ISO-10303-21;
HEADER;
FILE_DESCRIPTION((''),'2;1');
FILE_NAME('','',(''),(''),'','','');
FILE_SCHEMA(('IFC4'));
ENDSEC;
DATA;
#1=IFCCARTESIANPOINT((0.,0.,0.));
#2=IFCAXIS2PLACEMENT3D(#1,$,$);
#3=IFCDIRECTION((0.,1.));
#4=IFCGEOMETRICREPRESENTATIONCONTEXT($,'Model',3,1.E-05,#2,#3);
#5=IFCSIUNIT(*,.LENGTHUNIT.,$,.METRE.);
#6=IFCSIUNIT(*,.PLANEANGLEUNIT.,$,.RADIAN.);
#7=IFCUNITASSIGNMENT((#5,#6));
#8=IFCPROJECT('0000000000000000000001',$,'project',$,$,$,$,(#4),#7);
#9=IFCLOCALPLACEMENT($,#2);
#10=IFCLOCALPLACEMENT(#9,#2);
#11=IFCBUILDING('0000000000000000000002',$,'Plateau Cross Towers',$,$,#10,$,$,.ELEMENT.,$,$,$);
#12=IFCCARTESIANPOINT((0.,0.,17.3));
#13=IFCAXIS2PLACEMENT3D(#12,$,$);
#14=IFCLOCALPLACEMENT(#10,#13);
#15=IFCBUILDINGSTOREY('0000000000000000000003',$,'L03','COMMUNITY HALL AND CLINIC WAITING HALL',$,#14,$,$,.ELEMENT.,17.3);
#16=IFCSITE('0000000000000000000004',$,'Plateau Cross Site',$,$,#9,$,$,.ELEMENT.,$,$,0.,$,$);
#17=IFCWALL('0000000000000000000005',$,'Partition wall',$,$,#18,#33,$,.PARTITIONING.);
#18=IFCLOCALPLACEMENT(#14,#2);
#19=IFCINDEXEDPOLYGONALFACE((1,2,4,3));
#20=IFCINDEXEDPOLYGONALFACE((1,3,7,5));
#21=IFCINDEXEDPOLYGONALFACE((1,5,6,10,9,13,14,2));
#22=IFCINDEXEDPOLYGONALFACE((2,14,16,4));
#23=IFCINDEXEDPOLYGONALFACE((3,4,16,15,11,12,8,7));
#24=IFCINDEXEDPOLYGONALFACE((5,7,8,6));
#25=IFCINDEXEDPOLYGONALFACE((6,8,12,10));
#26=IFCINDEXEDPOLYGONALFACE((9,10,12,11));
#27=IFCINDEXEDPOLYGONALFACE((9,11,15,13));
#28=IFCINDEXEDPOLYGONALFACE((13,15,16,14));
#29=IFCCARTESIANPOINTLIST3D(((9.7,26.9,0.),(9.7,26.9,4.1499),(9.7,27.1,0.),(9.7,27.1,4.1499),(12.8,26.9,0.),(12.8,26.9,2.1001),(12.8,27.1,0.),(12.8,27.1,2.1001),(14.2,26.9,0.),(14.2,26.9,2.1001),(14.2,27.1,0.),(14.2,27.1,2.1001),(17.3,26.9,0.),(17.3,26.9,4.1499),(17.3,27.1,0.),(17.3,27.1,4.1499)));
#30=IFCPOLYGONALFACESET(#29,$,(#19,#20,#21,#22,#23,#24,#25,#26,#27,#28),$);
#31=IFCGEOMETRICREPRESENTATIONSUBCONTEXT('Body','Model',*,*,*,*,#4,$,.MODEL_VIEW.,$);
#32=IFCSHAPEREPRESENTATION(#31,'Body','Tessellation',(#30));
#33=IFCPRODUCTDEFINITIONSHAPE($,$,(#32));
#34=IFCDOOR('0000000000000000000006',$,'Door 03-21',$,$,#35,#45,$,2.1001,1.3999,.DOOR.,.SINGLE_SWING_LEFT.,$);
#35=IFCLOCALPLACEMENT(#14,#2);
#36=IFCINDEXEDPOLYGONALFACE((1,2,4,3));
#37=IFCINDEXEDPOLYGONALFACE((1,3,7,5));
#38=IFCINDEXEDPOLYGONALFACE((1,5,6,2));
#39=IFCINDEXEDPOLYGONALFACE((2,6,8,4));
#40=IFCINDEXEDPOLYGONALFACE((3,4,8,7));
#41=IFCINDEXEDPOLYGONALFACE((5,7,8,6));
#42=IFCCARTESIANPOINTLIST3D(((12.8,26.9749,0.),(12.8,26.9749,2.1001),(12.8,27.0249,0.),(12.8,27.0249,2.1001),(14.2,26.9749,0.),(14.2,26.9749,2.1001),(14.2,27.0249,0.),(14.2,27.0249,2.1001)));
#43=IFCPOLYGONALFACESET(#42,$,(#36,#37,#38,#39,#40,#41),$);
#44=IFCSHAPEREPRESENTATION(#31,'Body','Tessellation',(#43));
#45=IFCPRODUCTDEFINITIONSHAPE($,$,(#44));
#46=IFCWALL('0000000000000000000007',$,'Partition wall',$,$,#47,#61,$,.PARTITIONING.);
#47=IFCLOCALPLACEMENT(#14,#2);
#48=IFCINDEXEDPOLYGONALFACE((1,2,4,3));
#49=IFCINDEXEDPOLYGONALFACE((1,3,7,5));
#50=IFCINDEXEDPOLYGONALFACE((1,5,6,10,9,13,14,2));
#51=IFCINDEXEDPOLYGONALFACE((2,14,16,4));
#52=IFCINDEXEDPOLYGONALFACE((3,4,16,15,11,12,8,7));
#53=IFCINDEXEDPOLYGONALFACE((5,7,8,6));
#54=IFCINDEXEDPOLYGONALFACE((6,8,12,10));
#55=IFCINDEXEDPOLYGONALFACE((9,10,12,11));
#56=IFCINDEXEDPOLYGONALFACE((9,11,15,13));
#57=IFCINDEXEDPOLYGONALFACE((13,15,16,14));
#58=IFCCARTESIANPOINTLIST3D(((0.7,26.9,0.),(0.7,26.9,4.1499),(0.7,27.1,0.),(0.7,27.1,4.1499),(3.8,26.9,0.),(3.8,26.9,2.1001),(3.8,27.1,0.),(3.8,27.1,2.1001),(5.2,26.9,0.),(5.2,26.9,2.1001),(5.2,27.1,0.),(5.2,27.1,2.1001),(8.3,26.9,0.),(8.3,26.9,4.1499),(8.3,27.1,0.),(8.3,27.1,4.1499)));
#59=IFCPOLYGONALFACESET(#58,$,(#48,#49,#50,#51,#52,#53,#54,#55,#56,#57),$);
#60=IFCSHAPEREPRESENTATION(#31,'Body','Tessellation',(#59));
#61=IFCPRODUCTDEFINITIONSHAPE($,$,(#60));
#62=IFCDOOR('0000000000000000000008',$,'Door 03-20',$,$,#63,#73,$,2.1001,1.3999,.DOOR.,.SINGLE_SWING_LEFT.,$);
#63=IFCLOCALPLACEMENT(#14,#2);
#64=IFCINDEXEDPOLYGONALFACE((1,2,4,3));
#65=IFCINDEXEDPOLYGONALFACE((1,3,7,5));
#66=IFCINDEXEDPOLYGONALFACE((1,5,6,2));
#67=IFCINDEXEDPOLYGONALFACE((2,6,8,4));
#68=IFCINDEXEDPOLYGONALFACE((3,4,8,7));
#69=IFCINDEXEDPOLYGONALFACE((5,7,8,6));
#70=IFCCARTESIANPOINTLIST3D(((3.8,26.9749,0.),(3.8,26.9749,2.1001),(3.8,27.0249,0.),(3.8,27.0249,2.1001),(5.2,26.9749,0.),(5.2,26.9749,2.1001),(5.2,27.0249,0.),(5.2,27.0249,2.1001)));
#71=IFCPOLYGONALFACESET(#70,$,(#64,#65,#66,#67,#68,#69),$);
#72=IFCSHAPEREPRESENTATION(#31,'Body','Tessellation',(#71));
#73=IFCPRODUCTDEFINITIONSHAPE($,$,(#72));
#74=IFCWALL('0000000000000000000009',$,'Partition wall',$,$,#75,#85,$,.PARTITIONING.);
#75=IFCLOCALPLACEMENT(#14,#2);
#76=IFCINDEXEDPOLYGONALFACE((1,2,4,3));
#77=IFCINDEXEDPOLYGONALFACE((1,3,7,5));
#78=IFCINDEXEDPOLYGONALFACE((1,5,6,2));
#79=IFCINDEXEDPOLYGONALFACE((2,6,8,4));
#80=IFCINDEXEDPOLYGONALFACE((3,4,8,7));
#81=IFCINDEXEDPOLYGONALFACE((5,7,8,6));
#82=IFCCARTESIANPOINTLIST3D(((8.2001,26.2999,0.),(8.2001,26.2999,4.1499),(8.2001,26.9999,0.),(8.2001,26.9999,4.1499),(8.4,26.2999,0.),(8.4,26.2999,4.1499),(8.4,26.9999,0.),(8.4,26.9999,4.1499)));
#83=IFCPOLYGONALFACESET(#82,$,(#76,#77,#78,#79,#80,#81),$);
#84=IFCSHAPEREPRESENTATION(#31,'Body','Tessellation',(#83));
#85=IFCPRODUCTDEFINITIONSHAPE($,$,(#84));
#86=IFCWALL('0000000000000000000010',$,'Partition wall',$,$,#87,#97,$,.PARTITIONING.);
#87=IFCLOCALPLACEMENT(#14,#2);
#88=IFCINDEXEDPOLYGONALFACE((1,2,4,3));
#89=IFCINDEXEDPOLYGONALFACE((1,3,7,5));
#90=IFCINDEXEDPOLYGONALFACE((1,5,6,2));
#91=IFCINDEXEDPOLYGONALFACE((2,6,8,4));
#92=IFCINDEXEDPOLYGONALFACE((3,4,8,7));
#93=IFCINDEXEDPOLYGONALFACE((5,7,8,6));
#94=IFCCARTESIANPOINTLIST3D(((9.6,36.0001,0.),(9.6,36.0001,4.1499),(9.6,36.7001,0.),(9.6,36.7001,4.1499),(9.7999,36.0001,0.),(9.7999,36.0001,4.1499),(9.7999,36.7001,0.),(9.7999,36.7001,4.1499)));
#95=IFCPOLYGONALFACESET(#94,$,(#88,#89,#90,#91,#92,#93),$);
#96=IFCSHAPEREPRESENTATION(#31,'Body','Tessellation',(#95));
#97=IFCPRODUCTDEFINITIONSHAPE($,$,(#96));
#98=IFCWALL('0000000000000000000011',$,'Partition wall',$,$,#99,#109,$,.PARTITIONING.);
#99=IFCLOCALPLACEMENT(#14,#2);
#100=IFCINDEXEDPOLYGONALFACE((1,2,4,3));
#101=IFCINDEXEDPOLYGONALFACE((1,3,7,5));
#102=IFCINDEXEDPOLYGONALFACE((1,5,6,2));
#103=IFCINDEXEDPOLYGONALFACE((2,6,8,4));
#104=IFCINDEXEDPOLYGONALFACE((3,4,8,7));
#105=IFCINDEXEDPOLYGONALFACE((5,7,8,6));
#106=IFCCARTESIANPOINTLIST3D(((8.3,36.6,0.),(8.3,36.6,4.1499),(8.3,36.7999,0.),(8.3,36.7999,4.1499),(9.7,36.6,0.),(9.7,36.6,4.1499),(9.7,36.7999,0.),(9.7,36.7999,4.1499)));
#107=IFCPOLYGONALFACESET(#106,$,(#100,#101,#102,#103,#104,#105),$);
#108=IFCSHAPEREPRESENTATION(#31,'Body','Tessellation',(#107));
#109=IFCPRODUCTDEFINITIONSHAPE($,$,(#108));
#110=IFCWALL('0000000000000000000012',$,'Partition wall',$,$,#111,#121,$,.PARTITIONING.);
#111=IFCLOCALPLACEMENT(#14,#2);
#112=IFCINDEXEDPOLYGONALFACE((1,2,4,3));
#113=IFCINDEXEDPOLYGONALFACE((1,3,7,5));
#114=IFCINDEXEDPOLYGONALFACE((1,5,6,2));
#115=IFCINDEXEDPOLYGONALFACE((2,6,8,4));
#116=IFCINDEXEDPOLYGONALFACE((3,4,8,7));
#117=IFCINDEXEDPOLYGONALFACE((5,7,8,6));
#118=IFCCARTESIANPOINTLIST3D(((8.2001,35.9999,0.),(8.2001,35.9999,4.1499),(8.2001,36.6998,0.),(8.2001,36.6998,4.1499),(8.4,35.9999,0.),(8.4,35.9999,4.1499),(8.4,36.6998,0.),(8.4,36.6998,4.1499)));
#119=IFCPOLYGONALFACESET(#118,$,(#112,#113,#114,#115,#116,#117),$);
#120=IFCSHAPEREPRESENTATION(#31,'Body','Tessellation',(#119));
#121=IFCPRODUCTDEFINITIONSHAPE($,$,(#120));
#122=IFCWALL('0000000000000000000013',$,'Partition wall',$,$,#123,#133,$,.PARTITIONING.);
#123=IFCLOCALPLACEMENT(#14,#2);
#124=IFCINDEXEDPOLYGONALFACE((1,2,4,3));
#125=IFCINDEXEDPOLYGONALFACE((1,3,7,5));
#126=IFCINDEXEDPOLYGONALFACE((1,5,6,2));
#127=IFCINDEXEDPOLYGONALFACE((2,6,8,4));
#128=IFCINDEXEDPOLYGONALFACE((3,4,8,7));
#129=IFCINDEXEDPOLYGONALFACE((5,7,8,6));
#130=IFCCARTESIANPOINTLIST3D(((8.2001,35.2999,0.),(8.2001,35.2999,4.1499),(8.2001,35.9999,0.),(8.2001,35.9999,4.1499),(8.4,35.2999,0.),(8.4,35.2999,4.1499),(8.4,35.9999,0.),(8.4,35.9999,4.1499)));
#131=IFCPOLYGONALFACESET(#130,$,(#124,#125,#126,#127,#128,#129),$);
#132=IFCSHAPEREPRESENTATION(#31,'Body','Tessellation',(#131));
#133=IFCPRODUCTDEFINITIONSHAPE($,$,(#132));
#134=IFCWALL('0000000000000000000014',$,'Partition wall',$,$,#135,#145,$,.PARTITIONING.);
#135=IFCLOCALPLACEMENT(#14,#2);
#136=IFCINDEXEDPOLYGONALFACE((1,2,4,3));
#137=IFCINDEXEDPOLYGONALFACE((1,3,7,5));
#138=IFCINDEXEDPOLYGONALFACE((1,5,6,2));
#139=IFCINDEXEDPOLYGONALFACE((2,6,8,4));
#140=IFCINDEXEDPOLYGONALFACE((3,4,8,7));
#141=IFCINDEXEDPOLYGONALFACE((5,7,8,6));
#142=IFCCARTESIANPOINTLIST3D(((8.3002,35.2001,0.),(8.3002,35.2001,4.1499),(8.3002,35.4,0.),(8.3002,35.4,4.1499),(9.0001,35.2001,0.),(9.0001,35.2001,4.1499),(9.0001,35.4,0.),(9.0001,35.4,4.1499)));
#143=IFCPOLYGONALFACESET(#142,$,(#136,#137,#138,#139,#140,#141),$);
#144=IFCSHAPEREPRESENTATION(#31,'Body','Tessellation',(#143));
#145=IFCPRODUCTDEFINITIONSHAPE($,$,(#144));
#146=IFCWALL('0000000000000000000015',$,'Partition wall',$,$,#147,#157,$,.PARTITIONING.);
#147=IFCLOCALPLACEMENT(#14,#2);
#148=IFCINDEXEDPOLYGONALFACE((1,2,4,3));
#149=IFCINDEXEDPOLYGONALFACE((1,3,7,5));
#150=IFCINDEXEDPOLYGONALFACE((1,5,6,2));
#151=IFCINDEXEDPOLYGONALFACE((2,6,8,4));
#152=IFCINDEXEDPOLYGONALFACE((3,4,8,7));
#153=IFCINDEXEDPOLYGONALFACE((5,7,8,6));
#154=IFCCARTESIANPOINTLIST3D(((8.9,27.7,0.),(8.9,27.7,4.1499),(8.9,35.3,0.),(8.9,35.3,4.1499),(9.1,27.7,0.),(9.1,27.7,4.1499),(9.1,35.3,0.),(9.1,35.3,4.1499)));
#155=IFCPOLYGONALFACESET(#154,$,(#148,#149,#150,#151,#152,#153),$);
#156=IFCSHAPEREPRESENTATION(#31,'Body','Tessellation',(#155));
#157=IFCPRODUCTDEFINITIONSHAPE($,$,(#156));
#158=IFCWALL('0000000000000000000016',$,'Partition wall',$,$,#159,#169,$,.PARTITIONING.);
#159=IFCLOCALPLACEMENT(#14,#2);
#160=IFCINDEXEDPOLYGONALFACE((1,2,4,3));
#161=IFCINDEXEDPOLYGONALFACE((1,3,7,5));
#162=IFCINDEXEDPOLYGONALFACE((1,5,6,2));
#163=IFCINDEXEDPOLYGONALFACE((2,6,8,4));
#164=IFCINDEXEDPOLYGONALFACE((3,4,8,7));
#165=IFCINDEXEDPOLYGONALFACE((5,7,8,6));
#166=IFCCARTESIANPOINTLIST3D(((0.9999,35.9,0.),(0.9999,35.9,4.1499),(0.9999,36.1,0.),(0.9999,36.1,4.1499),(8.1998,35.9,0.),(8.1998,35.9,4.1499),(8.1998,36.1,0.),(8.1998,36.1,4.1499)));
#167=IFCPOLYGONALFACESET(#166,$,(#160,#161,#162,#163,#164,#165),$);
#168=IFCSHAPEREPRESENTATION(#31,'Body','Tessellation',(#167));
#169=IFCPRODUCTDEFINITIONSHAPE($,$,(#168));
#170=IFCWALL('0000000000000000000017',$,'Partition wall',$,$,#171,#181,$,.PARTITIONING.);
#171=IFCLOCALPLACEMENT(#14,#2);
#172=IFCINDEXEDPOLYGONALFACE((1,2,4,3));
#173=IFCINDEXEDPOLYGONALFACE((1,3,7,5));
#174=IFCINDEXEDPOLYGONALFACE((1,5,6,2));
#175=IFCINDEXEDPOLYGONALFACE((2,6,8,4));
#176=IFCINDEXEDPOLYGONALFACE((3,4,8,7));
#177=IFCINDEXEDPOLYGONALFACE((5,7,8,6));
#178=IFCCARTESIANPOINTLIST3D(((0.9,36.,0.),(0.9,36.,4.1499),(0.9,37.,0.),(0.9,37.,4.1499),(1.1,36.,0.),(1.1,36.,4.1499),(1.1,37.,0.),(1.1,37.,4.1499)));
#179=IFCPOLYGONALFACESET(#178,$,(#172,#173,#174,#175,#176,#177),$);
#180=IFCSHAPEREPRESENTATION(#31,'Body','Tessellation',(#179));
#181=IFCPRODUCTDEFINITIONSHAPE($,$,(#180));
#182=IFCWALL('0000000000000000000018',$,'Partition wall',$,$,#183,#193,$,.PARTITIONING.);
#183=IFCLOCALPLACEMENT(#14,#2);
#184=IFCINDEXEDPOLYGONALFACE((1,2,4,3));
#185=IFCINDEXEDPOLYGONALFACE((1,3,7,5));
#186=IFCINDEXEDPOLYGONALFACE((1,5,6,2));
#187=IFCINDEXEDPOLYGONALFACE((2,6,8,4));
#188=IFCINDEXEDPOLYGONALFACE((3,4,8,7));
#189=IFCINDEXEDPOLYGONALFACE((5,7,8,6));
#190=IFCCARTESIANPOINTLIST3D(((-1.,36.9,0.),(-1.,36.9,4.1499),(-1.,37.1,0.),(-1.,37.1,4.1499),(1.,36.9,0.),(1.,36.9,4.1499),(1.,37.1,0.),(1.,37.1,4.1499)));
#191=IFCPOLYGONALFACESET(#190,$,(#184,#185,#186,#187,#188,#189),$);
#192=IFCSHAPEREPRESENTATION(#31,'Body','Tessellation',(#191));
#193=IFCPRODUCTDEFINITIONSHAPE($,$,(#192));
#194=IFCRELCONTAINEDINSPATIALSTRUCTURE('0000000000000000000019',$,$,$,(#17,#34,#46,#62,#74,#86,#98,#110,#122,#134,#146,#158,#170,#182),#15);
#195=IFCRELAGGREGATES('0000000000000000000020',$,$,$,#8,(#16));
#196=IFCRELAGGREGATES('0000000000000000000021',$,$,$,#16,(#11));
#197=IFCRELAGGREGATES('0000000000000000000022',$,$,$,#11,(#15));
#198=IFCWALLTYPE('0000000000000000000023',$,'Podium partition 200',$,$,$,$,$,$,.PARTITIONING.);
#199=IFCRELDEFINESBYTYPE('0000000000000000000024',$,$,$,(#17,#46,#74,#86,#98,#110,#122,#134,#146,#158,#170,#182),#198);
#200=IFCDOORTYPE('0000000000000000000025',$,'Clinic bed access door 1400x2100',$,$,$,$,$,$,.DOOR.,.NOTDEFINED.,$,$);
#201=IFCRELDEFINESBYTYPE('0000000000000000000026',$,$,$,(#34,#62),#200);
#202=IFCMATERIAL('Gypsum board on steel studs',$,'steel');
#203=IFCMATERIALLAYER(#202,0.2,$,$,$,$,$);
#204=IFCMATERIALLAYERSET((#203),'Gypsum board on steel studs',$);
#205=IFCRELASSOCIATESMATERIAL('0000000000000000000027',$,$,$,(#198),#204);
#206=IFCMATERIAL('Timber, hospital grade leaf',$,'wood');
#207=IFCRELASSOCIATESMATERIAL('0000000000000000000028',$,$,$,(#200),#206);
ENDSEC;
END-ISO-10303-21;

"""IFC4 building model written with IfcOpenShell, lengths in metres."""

from ifc_helpers import new_model, si_unit, direction, frame, frame_2d, origin, place, context, subcontext, project, spatial, rectangle, extrude, material, layer, layer_set, type_object, element, fill, save


model = new_model("IFC4")

# Units and contexts
model_context = context("Model", 3, precision=1e-05, world=origin(), true_north=direction((0.0, 1.0)))
body_context = subcontext(model_context, "Body", "Model", "MODEL_VIEW")
ifc_project = project(units=[si_unit("LENGTHUNIT", "METRE"), si_unit("PLANEANGLEUNIT", "RADIAN")], contexts=[model_context])

# Site, building, storey
site_placement = place(None, origin())
site = spatial("IfcSite", under=ifc_project, at=site_placement, Name="Plateau Cross Site", CompositionType="ELEMENT", RefElevation=0.0)
building_placement = place(site_placement, origin())
building = spatial("IfcBuilding", under=site, at=building_placement, Name="Plateau Cross Towers", CompositionType="ELEMENT")
storey_placement = place(building_placement, frame((0.0, 0.0, 17.3)))
storey = spatial("IfcBuildingStorey", under=building, at=storey_placement, Name="L03", Description="COMMUNITY HALL AND CLINIC WAITING HALL", CompositionType="ELEMENT", Elevation=17.3)

# Shared definitions
ifc_material_1 = material(Name="Gypsum board on steel studs", Category="steel")
ifc_layer_1 = layer(ifc_material_1, 0.2)
ifc_layer_set_1 = layer_set([ifc_layer_1], Name="Gypsum board on steel studs")
wall_type_1 = type_object("IfcWallType", Name="Podium partition 200", PredefinedType="PARTITIONING", material=ifc_layer_set_1)

# Walls, openings, doors
wall_1_placement = place(storey_placement, frame((9.7, 27.0, 0.0), z_axis=(0.0, 0.0, 1.0), x_axis=(1.0, 0.0, 0.0)))
wall_1 = element("IfcWall", 1, at=wall_1_placement, inside=storey, type_object=wall_type_1, Name="Partition wall", PredefinedType="PARTITIONING", context=body_context, shape_type="SweptSolid", body=[
    extrude(rectangle(XDim=7.6001, YDim=0.2, at=frame_2d((3.8, 0.0))), origin(), (0.0, 0.0, 1.0), 4.1499),
])
opening_1_placement = place(wall_1_placement, frame((3.1001, 0.0, 0.0)))
opening_1 = element("IfcOpeningElement", 2, at=opening_1_placement, cuts=wall_1, PredefinedType="OPENING", context=body_context, shape_type="SweptSolid", body=[
    extrude(rectangle(XDim=1.3999, YDim=2.1001, at=frame_2d((0.7, 1.05))), frame((0.0, 0.1099, 0.0), z_axis=(0.0, -1.0, 0.0), x_axis=(1.0, 0.0, 0.0)), (0.0, 0.0, 1.0), 0.22),
])
ifc_material_2 = material(Name="Timber, hospital grade leaf", Category="wood")
door_type_1 = type_object("IfcDoorType", Name="Clinic bed access door 1400x2100", OperationType="NOTDEFINED", PredefinedType="DOOR", material=ifc_material_2)
door_1_placement = place(opening_1_placement, origin())
door_1 = element("IfcDoor", 3, at=door_1_placement, inside=storey, type_object=door_type_1, Name="Door 03-21", OperationType="SINGLE_SWING_LEFT", OverallHeight=2.1001, OverallWidth=1.3999, PredefinedType="DOOR", context=body_context, shape_type="SweptSolid", body=[
    extrude(rectangle(XDim=1.3999, YDim=2.1001, at=frame_2d((0.7, 1.05))), frame((0.0, 0.0249, 0.0), z_axis=(0.0, -1.0, 0.0), x_axis=(1.0, 0.0, 0.0)), (0.0, 0.0, 1.0), 0.05),
])
fill(opening_1, door_1)
wall_2_placement = place(storey_placement, frame((0.7, 27.0, 0.0), z_axis=(0.0, 0.0, 1.0), x_axis=(1.0, 0.0, 0.0)))
wall_2 = element("IfcWall", 4, at=wall_2_placement, inside=storey, type_object=wall_type_1, Name="Partition wall", PredefinedType="PARTITIONING", context=body_context, shape_type="SweptSolid", body=[
    extrude(rectangle(XDim=7.6001, YDim=0.2, at=frame_2d((3.8, 0.0))), origin(), (0.0, 0.0, 1.0), 4.1499),
])
opening_2_placement = place(wall_2_placement, frame((3.1001, 0.0, 0.0)))
opening_2 = element("IfcOpeningElement", 5, at=opening_2_placement, cuts=wall_2, PredefinedType="OPENING", context=body_context, shape_type="SweptSolid", body=[
    extrude(rectangle(XDim=1.3999, YDim=2.1001, at=frame_2d((0.7, 1.05))), frame((0.0, 0.1099, 0.0), z_axis=(0.0, -1.0, 0.0), x_axis=(1.0, 0.0, 0.0)), (0.0, 0.0, 1.0), 0.22),
])
door_2_placement = place(opening_2_placement, origin())
door_2 = element("IfcDoor", 6, at=door_2_placement, inside=storey, type_object=door_type_1, Name="Door 03-20", OperationType="SINGLE_SWING_LEFT", OverallHeight=2.1001, OverallWidth=1.3999, PredefinedType="DOOR", context=body_context, shape_type="SweptSolid", body=[
    extrude(rectangle(XDim=1.3999, YDim=2.1001, at=frame_2d((0.7, 1.05))), frame((0.0, 0.0249, 0.0), z_axis=(0.0, -1.0, 0.0), x_axis=(1.0, 0.0, 0.0)), (0.0, 0.0, 1.0), 0.05),
])
fill(opening_2, door_2)

# Walls
for number, where, z_axis, x_axis, name in (
    (7, (8.3, 27.0, 0.0), (0.0, 0.0, 1.0), (0.0, -1.0, 0.0), "Partition wall"),
    (8, (9.7, 36.0, 0.0), (0.0, 0.0, 1.0), (0.0, 1.0, 0.0), "Partition wall"),
):
    element("IfcWall", number, at=place(storey_placement, frame(where, z_axis=z_axis, x_axis=x_axis)), inside=storey, type_object=wall_type_1, Name=name, PredefinedType="PARTITIONING", context=body_context, shape_type="SweptSolid", body=[
        extrude(rectangle(XDim=0.7, YDim=0.2, at=frame_2d((0.3501, 0.0))), origin(), (0.0, 0.0, 1.0), 4.1499),
    ])
wall_3_placement = place(storey_placement, frame((9.7, 36.7, 0.0), z_axis=(0.0, 0.0, 1.0), x_axis=(-1.0, 0.0, 0.0)))
element("IfcWall", 9, at=wall_3_placement, inside=storey, type_object=wall_type_1, Name="Partition wall", PredefinedType="PARTITIONING", context=body_context, shape_type="SweptSolid", body=[
    extrude(rectangle(XDim=1.3999, YDim=0.2, at=frame_2d((0.7, 0.0))), origin(), (0.0, 0.0, 1.0), 4.1499),
])
for number, where, z_axis, x_axis, name in (
    (10, (8.3, 36.7, 0.0), (0.0, 0.0, 1.0), (0.0, -1.0, 0.0), "Partition wall"),
    (11, (8.3, 36.0, 0.0), (0.0, 0.0, 1.0), (0.0, -1.0, 0.0), "Partition wall"),
    (12, (8.3, 35.3, 0.0), (0.0, 0.0, 1.0), (1.0, 0.0, 0.0), "Partition wall"),
):
    element("IfcWall", number, at=place(storey_placement, frame(where, z_axis=z_axis, x_axis=x_axis)), inside=storey, type_object=wall_type_1, Name=name, PredefinedType="PARTITIONING", context=body_context, shape_type="SweptSolid", body=[
        extrude(rectangle(XDim=0.7, YDim=0.2, at=frame_2d((0.3501, 0.0))), origin(), (0.0, 0.0, 1.0), 4.1499),
    ])
wall_4_placement = place(storey_placement, frame((9.0, 35.3, 0.0), z_axis=(0.0, 0.0, 1.0), x_axis=(0.0, -1.0, 0.0)))
element("IfcWall", 13, at=wall_4_placement, inside=storey, type_object=wall_type_1, Name="Partition wall", PredefinedType="PARTITIONING", context=body_context, shape_type="SweptSolid", body=[
    extrude(rectangle(XDim=7.6001, YDim=0.2, at=frame_2d((3.8, 0.0))), origin(), (0.0, 0.0, 1.0), 4.1499),
])
wall_5_placement = place(storey_placement, frame((8.2, 36.0, 0.0), z_axis=(0.0, 0.0, 1.0), x_axis=(-1.0, 0.0, 0.0)))
element("IfcWall", 14, at=wall_5_placement, inside=storey, type_object=wall_type_1, Name="Partition wall", PredefinedType="PARTITIONING", context=body_context, shape_type="SweptSolid", body=[
    extrude(rectangle(XDim=7.2, YDim=0.2, at=frame_2d((3.6001, 0.0))), origin(), (0.0, 0.0, 1.0), 4.1499),
])
wall_6_placement = place(storey_placement, frame((1.0, 36.0, 0.0), z_axis=(0.0, 0.0, 1.0), x_axis=(0.0, 1.0, 0.0)))
element("IfcWall", 15, at=wall_6_placement, inside=storey, type_object=wall_type_1, Name="Partition wall", PredefinedType="PARTITIONING", context=body_context, shape_type="SweptSolid", body=[
    extrude(rectangle(XDim=1.0, YDim=0.2, at=frame_2d((0.5, 0.0))), origin(), (0.0, 0.0, 1.0), 4.1499),
])
wall_7_placement = place(storey_placement, frame((1.0, 37.0, 0.0), z_axis=(0.0, 0.0, 1.0), x_axis=(-1.0, 0.0, 0.0)))
element("IfcWall", 16, at=wall_7_placement, inside=storey, type_object=wall_type_1, Name="Partition wall", PredefinedType="PARTITIONING", context=body_context, shape_type="SweptSolid", body=[
    extrude(rectangle(XDim=2.0, YDim=0.2, at=frame_2d((1.0, 0.0))), origin(), (0.0, 0.0, 1.0), 4.1499),
])

save(model, "model.ifc")
